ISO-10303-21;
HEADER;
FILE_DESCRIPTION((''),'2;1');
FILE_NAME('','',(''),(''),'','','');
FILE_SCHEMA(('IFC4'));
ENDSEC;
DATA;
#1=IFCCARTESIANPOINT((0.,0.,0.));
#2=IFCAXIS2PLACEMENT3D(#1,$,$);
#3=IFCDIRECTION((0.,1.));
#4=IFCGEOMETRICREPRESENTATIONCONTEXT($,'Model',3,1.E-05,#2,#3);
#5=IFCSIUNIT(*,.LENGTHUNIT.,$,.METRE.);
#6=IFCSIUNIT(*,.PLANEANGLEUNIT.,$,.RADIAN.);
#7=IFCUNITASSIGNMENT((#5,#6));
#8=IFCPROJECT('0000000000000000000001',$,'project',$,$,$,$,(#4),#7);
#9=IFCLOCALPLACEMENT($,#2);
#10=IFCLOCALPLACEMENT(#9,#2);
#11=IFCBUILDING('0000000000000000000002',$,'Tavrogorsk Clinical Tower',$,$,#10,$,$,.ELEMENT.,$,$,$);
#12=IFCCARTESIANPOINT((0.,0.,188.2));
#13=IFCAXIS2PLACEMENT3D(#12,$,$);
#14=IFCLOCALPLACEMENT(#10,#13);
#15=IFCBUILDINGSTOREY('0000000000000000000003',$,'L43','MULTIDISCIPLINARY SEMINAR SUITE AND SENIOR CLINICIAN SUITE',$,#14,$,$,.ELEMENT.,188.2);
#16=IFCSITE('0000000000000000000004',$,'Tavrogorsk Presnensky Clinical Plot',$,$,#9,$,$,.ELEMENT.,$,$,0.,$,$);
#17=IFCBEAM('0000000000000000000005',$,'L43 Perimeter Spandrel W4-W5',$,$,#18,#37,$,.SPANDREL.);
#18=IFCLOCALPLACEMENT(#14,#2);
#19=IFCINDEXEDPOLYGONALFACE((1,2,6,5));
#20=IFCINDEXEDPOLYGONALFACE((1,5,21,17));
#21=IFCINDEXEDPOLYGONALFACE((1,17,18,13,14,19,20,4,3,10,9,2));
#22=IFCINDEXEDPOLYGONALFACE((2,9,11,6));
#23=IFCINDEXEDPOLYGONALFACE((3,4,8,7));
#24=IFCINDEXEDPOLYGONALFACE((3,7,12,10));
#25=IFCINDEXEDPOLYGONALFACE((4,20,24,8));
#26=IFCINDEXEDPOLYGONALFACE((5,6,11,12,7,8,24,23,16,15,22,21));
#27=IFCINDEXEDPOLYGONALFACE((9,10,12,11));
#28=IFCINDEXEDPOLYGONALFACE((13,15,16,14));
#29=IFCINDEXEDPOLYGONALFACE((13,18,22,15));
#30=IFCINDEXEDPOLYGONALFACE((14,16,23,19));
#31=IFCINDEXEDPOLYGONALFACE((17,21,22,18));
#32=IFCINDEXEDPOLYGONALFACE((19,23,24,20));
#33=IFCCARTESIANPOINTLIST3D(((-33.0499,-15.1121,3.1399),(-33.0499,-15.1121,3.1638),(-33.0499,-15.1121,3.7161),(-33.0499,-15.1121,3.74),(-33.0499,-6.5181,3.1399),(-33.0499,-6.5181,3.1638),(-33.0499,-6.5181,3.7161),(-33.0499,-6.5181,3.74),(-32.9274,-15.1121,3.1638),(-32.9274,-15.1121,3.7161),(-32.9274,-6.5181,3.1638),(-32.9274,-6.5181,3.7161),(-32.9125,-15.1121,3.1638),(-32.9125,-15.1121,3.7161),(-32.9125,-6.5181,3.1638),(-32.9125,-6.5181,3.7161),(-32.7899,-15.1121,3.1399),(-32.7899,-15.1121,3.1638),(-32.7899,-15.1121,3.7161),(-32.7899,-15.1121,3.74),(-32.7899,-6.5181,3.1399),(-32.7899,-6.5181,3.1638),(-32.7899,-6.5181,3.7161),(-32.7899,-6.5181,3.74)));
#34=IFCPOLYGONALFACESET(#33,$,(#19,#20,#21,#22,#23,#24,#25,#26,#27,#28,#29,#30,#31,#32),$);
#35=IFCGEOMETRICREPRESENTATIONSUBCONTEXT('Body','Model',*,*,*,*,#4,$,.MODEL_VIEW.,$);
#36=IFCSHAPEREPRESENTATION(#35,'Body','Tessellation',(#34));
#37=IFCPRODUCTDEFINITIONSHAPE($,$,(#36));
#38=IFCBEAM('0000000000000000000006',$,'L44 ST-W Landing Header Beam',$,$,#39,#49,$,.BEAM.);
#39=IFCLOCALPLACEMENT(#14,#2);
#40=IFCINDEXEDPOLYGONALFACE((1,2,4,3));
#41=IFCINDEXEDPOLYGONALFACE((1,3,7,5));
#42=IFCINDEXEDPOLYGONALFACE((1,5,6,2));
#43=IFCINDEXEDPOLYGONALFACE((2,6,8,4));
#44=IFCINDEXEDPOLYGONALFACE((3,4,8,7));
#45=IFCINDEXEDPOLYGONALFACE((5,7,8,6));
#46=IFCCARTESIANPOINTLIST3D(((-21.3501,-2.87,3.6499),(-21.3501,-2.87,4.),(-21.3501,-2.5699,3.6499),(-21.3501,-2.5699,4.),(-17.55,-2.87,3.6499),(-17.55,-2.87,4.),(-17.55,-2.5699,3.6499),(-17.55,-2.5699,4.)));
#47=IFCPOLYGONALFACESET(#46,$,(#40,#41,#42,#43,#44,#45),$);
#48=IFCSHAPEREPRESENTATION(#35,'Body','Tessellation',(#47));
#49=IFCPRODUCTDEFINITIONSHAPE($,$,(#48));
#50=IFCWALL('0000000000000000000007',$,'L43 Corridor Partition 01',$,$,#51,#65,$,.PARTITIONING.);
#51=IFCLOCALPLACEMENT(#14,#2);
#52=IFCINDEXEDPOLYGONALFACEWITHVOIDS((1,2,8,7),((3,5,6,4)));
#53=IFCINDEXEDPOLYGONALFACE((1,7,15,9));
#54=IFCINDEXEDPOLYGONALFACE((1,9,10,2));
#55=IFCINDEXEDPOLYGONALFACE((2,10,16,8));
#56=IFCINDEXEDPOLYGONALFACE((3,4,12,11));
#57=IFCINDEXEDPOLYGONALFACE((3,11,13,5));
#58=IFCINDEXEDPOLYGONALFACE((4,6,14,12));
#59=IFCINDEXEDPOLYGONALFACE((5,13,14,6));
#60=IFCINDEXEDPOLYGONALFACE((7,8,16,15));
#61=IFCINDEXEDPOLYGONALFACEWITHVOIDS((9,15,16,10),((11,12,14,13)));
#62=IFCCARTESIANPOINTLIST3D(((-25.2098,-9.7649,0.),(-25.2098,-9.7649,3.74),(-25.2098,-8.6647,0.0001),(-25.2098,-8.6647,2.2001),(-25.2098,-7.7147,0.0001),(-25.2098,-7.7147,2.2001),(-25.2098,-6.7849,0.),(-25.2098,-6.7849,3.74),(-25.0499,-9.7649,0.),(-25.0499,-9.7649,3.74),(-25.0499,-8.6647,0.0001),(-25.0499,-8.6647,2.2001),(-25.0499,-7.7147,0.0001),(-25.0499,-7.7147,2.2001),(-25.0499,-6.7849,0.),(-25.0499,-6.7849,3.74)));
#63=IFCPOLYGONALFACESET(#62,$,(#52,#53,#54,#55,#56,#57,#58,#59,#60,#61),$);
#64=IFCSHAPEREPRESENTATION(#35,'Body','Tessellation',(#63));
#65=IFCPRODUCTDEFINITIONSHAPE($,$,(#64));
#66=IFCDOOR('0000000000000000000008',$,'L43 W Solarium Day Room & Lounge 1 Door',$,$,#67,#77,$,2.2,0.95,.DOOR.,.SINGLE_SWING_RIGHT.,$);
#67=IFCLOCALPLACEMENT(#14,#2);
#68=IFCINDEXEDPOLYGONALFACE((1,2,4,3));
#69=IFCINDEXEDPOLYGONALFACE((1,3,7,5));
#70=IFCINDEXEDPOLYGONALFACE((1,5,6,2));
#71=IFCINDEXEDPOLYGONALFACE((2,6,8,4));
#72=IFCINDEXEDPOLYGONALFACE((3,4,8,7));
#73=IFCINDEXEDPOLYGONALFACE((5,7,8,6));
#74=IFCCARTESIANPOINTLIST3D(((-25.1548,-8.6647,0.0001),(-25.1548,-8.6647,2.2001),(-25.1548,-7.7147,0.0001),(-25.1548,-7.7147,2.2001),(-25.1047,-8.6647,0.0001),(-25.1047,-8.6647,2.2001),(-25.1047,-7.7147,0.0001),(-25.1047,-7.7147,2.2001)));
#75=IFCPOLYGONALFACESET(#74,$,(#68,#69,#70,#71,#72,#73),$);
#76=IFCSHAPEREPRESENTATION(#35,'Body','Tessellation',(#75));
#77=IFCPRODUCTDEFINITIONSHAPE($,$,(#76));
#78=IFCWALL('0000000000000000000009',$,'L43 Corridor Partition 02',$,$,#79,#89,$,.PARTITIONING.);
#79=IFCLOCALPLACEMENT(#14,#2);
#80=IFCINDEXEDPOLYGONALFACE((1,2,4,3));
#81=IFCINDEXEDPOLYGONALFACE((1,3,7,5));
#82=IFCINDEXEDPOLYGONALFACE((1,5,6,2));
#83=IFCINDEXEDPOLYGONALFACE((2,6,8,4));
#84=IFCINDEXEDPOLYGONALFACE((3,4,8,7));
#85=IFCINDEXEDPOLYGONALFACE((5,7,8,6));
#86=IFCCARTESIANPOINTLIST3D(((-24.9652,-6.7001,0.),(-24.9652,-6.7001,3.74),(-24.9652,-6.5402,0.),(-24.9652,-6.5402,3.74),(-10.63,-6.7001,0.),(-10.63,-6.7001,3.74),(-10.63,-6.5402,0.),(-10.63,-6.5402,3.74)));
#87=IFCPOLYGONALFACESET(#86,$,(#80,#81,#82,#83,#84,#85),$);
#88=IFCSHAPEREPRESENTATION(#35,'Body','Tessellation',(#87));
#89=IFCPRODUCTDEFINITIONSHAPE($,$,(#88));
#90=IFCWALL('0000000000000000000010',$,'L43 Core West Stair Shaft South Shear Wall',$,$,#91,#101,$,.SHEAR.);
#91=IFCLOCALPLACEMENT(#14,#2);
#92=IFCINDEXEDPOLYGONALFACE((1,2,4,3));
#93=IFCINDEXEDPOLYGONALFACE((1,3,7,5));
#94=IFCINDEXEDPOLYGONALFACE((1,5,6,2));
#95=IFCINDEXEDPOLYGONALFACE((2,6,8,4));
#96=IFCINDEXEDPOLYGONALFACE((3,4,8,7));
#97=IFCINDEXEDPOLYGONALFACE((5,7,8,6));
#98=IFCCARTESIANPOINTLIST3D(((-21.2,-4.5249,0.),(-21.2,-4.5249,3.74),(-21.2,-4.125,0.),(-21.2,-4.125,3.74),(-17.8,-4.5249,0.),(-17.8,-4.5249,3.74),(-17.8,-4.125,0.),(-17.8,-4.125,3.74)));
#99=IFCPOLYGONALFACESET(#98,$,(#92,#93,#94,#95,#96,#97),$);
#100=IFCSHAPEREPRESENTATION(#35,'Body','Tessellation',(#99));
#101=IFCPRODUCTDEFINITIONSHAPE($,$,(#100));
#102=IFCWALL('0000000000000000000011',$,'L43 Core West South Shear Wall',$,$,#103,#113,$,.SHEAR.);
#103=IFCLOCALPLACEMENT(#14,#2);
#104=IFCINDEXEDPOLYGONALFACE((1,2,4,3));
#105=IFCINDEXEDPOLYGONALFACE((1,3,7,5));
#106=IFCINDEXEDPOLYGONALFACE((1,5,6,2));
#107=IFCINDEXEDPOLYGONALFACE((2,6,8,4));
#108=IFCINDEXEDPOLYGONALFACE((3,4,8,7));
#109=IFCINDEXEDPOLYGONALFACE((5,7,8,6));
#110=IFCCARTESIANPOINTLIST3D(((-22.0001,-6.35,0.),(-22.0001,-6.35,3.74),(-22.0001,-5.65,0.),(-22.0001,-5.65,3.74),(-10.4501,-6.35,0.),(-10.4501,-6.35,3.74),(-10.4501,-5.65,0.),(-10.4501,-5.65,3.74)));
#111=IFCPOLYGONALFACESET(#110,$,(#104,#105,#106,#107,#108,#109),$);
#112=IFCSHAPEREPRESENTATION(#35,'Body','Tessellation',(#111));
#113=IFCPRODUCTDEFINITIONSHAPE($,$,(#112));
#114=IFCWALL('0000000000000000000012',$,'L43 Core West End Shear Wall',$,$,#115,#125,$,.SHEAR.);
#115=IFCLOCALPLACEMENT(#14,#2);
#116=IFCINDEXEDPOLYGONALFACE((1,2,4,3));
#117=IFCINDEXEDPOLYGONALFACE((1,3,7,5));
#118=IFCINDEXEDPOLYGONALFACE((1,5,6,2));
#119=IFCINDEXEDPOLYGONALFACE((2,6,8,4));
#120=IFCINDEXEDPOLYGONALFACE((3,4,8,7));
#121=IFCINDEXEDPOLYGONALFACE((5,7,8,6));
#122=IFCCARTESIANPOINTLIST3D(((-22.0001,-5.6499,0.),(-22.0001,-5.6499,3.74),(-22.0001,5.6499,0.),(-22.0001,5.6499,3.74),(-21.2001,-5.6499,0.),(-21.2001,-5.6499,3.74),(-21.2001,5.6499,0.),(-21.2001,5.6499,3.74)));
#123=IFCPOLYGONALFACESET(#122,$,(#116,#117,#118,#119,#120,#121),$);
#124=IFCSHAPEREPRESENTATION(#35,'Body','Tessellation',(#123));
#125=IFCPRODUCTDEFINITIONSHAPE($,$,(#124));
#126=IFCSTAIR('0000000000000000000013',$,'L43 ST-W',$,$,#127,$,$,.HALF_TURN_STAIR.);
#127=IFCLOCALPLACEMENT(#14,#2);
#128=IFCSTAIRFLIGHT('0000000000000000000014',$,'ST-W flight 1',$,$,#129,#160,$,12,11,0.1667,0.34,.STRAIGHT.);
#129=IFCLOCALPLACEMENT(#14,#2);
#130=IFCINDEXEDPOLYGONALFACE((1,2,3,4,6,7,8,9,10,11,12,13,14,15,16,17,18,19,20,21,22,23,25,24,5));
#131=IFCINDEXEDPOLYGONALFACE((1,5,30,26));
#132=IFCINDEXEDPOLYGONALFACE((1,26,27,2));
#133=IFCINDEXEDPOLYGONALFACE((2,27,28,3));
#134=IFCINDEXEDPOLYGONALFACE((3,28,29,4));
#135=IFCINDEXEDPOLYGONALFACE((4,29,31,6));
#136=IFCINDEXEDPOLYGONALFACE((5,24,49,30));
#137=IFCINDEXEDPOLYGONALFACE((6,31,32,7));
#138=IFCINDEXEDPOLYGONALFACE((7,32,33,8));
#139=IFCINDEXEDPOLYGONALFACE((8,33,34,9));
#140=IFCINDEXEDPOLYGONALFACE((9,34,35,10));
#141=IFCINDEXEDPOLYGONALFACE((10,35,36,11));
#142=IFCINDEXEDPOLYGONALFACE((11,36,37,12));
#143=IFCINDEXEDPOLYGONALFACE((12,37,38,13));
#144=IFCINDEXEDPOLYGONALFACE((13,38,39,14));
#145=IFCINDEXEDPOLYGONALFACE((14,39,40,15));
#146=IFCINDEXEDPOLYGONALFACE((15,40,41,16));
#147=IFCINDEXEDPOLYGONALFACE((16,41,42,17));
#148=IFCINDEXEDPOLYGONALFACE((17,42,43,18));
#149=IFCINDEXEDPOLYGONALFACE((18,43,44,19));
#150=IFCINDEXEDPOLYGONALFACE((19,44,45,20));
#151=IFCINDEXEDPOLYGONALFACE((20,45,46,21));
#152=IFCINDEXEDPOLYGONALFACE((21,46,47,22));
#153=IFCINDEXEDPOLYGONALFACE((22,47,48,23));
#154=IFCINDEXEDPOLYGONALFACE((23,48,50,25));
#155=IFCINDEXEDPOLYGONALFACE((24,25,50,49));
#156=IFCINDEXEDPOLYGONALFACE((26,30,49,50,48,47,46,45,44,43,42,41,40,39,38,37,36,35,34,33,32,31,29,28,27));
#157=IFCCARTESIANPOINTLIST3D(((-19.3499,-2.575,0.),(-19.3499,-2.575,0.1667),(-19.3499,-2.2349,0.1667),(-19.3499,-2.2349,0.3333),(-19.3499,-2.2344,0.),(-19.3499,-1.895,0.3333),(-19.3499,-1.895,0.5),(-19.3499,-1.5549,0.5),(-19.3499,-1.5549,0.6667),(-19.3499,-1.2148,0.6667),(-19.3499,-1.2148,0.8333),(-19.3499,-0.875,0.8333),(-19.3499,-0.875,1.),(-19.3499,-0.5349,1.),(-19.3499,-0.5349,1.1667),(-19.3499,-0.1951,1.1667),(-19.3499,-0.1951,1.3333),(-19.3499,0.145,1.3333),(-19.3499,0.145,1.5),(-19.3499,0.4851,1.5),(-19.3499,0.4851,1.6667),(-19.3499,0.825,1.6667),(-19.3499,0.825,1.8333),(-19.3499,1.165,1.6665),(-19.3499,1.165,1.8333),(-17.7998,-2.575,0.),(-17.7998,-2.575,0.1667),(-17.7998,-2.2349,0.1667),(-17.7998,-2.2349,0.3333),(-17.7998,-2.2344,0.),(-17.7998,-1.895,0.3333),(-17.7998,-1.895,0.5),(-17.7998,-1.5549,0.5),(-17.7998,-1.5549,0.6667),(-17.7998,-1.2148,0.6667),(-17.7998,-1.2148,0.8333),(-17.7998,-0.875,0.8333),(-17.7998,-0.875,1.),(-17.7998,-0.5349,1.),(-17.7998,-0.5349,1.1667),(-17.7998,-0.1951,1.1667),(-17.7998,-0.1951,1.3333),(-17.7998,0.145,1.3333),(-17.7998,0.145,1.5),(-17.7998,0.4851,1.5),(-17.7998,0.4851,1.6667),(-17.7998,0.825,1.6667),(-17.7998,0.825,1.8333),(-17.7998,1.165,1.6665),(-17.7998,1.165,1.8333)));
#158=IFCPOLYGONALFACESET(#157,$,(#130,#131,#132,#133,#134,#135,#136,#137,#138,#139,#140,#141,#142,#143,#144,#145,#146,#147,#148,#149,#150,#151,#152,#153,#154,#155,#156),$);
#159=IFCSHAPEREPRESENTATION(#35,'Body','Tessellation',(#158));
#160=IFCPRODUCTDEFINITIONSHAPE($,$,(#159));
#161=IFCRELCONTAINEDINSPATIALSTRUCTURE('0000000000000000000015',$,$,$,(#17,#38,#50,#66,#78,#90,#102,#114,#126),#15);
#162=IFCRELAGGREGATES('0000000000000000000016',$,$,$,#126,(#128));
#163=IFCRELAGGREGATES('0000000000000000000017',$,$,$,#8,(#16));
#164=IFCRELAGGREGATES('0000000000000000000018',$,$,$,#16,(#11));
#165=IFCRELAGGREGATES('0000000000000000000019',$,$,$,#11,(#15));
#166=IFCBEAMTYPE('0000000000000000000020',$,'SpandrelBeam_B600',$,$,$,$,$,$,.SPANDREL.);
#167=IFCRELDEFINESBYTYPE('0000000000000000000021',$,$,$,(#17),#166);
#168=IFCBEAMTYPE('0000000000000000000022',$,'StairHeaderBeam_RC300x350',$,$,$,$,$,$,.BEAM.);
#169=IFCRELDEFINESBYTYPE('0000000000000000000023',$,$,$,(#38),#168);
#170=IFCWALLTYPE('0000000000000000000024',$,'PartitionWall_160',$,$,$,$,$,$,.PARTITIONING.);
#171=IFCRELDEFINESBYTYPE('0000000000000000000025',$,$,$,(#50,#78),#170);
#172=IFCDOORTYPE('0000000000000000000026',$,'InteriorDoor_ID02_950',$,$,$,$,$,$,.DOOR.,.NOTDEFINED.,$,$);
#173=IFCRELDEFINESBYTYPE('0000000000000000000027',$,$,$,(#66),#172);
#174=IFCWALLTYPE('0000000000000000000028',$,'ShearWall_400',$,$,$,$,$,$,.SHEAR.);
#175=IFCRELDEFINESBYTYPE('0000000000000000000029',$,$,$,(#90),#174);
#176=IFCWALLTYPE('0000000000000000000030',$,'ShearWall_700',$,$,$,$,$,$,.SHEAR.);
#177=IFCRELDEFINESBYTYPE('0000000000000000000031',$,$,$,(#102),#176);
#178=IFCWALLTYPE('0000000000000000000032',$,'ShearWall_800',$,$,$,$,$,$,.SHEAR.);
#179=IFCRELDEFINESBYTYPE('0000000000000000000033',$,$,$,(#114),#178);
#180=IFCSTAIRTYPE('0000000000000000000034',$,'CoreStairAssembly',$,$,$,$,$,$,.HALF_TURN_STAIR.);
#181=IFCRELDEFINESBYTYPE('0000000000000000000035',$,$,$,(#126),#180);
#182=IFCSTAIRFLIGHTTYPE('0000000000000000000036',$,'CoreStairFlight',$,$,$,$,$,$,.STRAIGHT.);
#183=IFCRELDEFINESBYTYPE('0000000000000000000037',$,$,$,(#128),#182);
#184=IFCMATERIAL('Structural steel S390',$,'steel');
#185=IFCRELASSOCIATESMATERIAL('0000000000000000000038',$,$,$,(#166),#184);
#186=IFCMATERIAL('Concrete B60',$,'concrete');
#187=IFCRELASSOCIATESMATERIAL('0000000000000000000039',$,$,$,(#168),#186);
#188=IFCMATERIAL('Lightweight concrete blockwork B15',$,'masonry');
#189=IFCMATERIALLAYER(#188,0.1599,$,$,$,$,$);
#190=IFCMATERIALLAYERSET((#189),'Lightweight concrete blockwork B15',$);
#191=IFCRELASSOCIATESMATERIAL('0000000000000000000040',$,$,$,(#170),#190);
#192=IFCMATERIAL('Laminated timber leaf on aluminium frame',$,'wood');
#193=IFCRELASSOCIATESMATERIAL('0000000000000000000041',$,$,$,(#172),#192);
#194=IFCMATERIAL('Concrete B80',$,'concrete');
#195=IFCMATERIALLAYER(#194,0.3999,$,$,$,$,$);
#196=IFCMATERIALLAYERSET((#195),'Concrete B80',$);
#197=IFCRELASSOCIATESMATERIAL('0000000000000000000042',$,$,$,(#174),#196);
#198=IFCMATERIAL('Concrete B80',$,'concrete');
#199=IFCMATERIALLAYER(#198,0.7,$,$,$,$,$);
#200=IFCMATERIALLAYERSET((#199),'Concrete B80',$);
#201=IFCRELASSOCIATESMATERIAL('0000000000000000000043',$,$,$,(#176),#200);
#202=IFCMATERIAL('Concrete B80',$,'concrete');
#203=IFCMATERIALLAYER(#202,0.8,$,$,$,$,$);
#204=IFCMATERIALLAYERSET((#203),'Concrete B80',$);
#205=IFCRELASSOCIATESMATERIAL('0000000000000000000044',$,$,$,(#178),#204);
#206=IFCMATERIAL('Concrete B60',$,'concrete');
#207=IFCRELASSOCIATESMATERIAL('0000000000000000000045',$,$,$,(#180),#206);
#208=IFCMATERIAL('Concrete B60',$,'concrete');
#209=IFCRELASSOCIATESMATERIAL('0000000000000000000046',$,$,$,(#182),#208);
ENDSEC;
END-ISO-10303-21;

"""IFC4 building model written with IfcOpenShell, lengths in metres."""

from ifc_helpers import new_model, si_unit, direction, frame, frame_2d, origin, origin_2d, place, context, subcontext, project, spatial, polyline, rectangle, i_section, outline, extrude, material, layer, layer_set, material_profile, profile_set, type_object, element, fill, aggregate, save


model = new_model("IFC4")

# Units and contexts
model_context = context("Model", 3, precision=1e-05, world=origin(), true_north=direction((0.0, 1.0)))
body_context = subcontext(model_context, "Body", "Model", "MODEL_VIEW")
ifc_project = project(units=[si_unit("LENGTHUNIT", "METRE"), si_unit("PLANEANGLEUNIT", "RADIAN")], contexts=[model_context])

# Site, building, storey
site_placement = place(None, origin())
site = spatial("IfcSite", under=ifc_project, at=site_placement, Name="Tavrogorsk Presnensky Clinical Plot", CompositionType="ELEMENT", RefElevation=0.0)
building_placement = place(site_placement, origin())
building = spatial("IfcBuilding", under=site, at=building_placement, Name="Tavrogorsk Clinical Tower", CompositionType="ELEMENT")
storey_placement = place(building_placement, frame((0.0, 0.0, 188.2)))
storey = spatial("IfcBuildingStorey", under=building, at=storey_placement, Name="L43", Description="MULTIDISCIPLINARY SEMINAR SUITE AND SENIOR CLINICIAN SUITE", CompositionType="ELEMENT", Elevation=188.2)

# Beams
ifc_material_1 = material(Name="Structural steel S390", Category="steel")
ifc_material_profile_1 = material_profile(ifc_material_1, i_section(OverallWidth=0.26, OverallDepth=0.6001, WebThickness=0.0149, FlangeThickness=0.0239, at=origin_2d()), Name="B-600x260x15x24")
ifc_profile_set_1 = profile_set([ifc_material_profile_1], Name="Structural steel S390")
beam_type_1 = type_object("IfcBeamType", Name="SpandrelBeam_B600", PredefinedType="SPANDREL", material=ifc_profile_set_1)
beam_1_placement = place(storey_placement, frame((-32.9199, -6.5181, 3.4399), z_axis=(0.0, -1.0, 0.0), x_axis=(1.0, 0.0, 0.0)))
element("IfcBeam", 1, at=beam_1_placement, inside=storey, type_object=beam_type_1, Name="L43 Perimeter Spandrel W4-W5", PredefinedType="SPANDREL", context=body_context, shape_type="SweptSolid", body=[
    extrude(i_section(OverallWidth=0.26, OverallDepth=0.6001, WebThickness=0.0149, FlangeThickness=0.0239, at=origin_2d()), origin(), (0.0, 0.0, 1.0), 8.594),
])
ifc_material_2 = material(Name="Concrete B60", Category="concrete")
ifc_material_profile_2 = material_profile(ifc_material_2, rectangle(XDim=0.3, YDim=0.3501, at=origin_2d()), Name="RC-SHB-300x350")
ifc_profile_set_2 = profile_set([ifc_material_profile_2], Name="Concrete B60")
beam_type_2 = type_object("IfcBeamType", Name="StairHeaderBeam_RC300x350", PredefinedType="BEAM", material=ifc_profile_set_2)
beam_2_placement = place(storey_placement, frame((-21.3501, -2.72, 3.825), z_axis=(1.0, 0.0, 0.0), x_axis=(0.0, 1.0, 0.0)))
element("IfcBeam", 2, at=beam_2_placement, inside=storey, type_object=beam_type_2, Name="L44 ST-W Landing Header Beam", PredefinedType="BEAM", context=body_context, shape_type="SweptSolid", body=[
    extrude(rectangle(XDim=0.3, YDim=0.3501, at=origin_2d()), origin(), (0.0, 0.0, 1.0), 3.8),
])

# Wall, opening, door
ifc_material_3 = material(Name="Lightweight concrete blockwork B15", Category="masonry")
ifc_layer_1 = layer(ifc_material_3, 0.1599)
ifc_layer_set_1 = layer_set([ifc_layer_1], Name="Lightweight concrete blockwork B15")
wall_type_1 = type_object("IfcWallType", Name="PartitionWall_160", PredefinedType="PARTITIONING", material=ifc_layer_set_1)
wall_1_placement = place(storey_placement, frame((-25.1299, -9.7649, 0.0), z_axis=(0.0, 0.0, 1.0), x_axis=(0.0, 1.0, 0.0)))
wall_1 = element("IfcWall", 3, at=wall_1_placement, inside=storey, type_object=wall_type_1, Name="L43 Corridor Partition 01", PredefinedType="PARTITIONING", context=body_context, shape_type="SweptSolid", body=[
    extrude(rectangle(XDim=2.98, YDim=0.1599, at=frame_2d((1.49, 0.0))), origin(), (0.0, 0.0, 1.0), 3.74),
])
opening_placement = place(wall_1_placement, frame((1.1001, 0.0, 0.0)))
opening = element("IfcOpeningElement", 4, at=opening_placement, cuts=wall_1, PredefinedType="OPENING", context=body_context, shape_type="SweptSolid", body=[
    extrude(rectangle(XDim=0.95, YDim=2.2, at=frame_2d((0.4751, 1.1001))), frame((0.0, 0.0898, 0.0), z_axis=(0.0, -1.0, 0.0), x_axis=(1.0, 0.0, 0.0)), (0.0, 0.0, 1.0), 0.1799),
])
ifc_material_4 = material(Name="Laminated timber leaf on aluminium frame", Category="wood")
door_type = type_object("IfcDoorType", Name="InteriorDoor_ID02_950", OperationType="NOTDEFINED", PredefinedType="DOOR", material=ifc_material_4)
door_placement = place(opening_placement, origin())
door = element("IfcDoor", 5, at=door_placement, inside=storey, type_object=door_type, Name="L43 W Solarium Day Room & Lounge 1 Door", OperationType="SINGLE_SWING_RIGHT", OverallHeight=2.2, OverallWidth=0.95, PredefinedType="DOOR", context=body_context, shape_type="SweptSolid", body=[
    extrude(rectangle(XDim=0.95, YDim=2.2, at=frame_2d((0.4751, 1.1001))), frame((0.0, 0.0249, 0.0), z_axis=(0.0, -1.0, 0.0), x_axis=(1.0, 0.0, 0.0)), (0.0, 0.0, 1.0), 0.05),
])
fill(opening, door)

# Walls
wall_2_placement = place(storey_placement, frame((-24.9651, -6.6201, 0.0), z_axis=(0.0, 0.0, 1.0), x_axis=(1.0, 0.0, 0.0)))
element("IfcWall", 6, at=wall_2_placement, inside=storey, type_object=wall_type_1, Name="L43 Corridor Partition 02", PredefinedType="PARTITIONING", context=body_context, shape_type="SweptSolid", body=[
    extrude(rectangle(XDim=14.3352, YDim=0.1599, at=frame_2d((7.1675, 0.0))), origin(), (0.0, 0.0, 1.0), 3.74),
])
ifc_material_5 = material(Name="Concrete B80", Category="concrete")
ifc_layer_2 = layer(ifc_material_5, 0.3999)
ifc_layer_set_2 = layer_set([ifc_layer_2], Name="Concrete B80")
wall_type_2 = type_object("IfcWallType", Name="ShearWall_400", PredefinedType="SHEAR", material=ifc_layer_set_2)
wall_3_placement = place(storey_placement, frame((-21.2, -4.325, 0.0), z_axis=(0.0, 0.0, 1.0), x_axis=(1.0, 0.0, 0.0)))
element("IfcWall", 7, at=wall_3_placement, inside=storey, type_object=wall_type_2, Name="L43 Core West Stair Shaft South Shear Wall", PredefinedType="SHEAR", context=body_context, shape_type="SweptSolid", body=[
    extrude(rectangle(XDim=3.3999, YDim=0.3999, at=frame_2d((1.7, 0.0))), origin(), (0.0, 0.0, 1.0), 3.74),
])
ifc_material_6 = material(Name="Concrete B80", Category="concrete")
ifc_layer_3 = layer(ifc_material_6, 0.7)
ifc_layer_set_3 = layer_set([ifc_layer_3], Name="Concrete B80")
wall_type_3 = type_object("IfcWallType", Name="ShearWall_700", PredefinedType="SHEAR", material=ifc_layer_set_3)
wall_4_placement = place(storey_placement, frame((-22.0, -6.0, 0.0), z_axis=(0.0, 0.0, 1.0), x_axis=(1.0, 0.0, 0.0)))
element("IfcWall", 8, at=wall_4_placement, inside=storey, type_object=wall_type_3, Name="L43 Core West South Shear Wall", PredefinedType="SHEAR", context=body_context, shape_type="SweptSolid", body=[
    extrude(rectangle(XDim=11.55, YDim=0.7, at=frame_2d((5.7749, 0.0))), origin(), (0.0, 0.0, 1.0), 3.74),
])
ifc_material_7 = material(Name="Concrete B80", Category="concrete")
ifc_layer_4 = layer(ifc_material_7, 0.8)
ifc_layer_set_4 = layer_set([ifc_layer_4], Name="Concrete B80")
wall_type_4 = type_object("IfcWallType", Name="ShearWall_800", PredefinedType="SHEAR", material=ifc_layer_set_4)
wall_5_placement = place(storey_placement, frame((-21.6001, -5.6499, 0.0), z_axis=(0.0, 0.0, 1.0), x_axis=(0.0, 1.0, 0.0)))
element("IfcWall", 9, at=wall_5_placement, inside=storey, type_object=wall_type_4, Name="L43 Core West End Shear Wall", PredefinedType="SHEAR", context=body_context, shape_type="SweptSolid", body=[
    extrude(rectangle(XDim=11.2998, YDim=0.8, at=frame_2d((5.6499, 0.0))), origin(), (0.0, 0.0, 1.0), 3.74),
])

# Stair, stair flight
ifc_material_8 = material(Name="Concrete B60", Category="concrete")
stair_type = type_object("IfcStairType", Name="CoreStairAssembly", PredefinedType="HALF_TURN_STAIR", material=ifc_material_8)
stair_placement = place(storey_placement, origin())
stair = element("IfcStair", 10, at=stair_placement, inside=storey, type_object=stair_type, Name="L43 ST-W", PredefinedType="HALF_TURN_STAIR")
ifc_material_9 = material(Name="Concrete B60", Category="concrete")
stair_flight_type = type_object("IfcStairFlightType", Name="CoreStairFlight", PredefinedType="STRAIGHT", material=ifc_material_9)
stair_flight_placement = place(storey_placement, frame((-18.575, -2.575, 0.0), z_axis=(0.0, 0.0, 1.0), x_axis=(0.0, 1.0, 0.0)))
stair_flight = element("IfcStairFlight", 11, at=stair_flight_placement, type_object=stair_flight_type, Name="ST-W flight 1", NumberOfRisers=12, NumberOfTreads=11, PredefinedType="STRAIGHT", RiserHeight=0.1667, TreadLength=0.34, context=body_context, shape_type="SweptSolid", body=[
    extrude(outline(polyline([(0.0, 0.0), (0.0, 0.1667), (0.3401, 0.1667), (0.3401, 0.3333), (0.6799, 0.3333), (0.6799, 0.5), (1.02, 0.5), (1.02, 0.6667), (1.3601, 0.6667), (1.3601, 0.8333), (1.7, 0.8333), (1.7, 1.0), (2.04, 1.0), (2.04, 1.1667), (2.3799, 1.1667), (2.3799, 1.3333), (2.72, 1.3333), (2.72, 1.5), (3.0601, 1.5), (3.0601, 1.6667), (3.3999, 1.6667), (3.3999, 1.8333), (3.74, 1.8333), (3.74, 2.0), (3.74, 1.6665), (0.3406, 0.0), (0.0, 0.0)])), frame((0.0, 0.7749, 0.0), z_axis=(0.0, -1.0, 0.0), x_axis=(1.0, 0.0, 0.0)), (0.0, 0.0, 1.0), 1.55),
])
aggregate(stair, [stair_flight])

save(model, "model.ifc")
